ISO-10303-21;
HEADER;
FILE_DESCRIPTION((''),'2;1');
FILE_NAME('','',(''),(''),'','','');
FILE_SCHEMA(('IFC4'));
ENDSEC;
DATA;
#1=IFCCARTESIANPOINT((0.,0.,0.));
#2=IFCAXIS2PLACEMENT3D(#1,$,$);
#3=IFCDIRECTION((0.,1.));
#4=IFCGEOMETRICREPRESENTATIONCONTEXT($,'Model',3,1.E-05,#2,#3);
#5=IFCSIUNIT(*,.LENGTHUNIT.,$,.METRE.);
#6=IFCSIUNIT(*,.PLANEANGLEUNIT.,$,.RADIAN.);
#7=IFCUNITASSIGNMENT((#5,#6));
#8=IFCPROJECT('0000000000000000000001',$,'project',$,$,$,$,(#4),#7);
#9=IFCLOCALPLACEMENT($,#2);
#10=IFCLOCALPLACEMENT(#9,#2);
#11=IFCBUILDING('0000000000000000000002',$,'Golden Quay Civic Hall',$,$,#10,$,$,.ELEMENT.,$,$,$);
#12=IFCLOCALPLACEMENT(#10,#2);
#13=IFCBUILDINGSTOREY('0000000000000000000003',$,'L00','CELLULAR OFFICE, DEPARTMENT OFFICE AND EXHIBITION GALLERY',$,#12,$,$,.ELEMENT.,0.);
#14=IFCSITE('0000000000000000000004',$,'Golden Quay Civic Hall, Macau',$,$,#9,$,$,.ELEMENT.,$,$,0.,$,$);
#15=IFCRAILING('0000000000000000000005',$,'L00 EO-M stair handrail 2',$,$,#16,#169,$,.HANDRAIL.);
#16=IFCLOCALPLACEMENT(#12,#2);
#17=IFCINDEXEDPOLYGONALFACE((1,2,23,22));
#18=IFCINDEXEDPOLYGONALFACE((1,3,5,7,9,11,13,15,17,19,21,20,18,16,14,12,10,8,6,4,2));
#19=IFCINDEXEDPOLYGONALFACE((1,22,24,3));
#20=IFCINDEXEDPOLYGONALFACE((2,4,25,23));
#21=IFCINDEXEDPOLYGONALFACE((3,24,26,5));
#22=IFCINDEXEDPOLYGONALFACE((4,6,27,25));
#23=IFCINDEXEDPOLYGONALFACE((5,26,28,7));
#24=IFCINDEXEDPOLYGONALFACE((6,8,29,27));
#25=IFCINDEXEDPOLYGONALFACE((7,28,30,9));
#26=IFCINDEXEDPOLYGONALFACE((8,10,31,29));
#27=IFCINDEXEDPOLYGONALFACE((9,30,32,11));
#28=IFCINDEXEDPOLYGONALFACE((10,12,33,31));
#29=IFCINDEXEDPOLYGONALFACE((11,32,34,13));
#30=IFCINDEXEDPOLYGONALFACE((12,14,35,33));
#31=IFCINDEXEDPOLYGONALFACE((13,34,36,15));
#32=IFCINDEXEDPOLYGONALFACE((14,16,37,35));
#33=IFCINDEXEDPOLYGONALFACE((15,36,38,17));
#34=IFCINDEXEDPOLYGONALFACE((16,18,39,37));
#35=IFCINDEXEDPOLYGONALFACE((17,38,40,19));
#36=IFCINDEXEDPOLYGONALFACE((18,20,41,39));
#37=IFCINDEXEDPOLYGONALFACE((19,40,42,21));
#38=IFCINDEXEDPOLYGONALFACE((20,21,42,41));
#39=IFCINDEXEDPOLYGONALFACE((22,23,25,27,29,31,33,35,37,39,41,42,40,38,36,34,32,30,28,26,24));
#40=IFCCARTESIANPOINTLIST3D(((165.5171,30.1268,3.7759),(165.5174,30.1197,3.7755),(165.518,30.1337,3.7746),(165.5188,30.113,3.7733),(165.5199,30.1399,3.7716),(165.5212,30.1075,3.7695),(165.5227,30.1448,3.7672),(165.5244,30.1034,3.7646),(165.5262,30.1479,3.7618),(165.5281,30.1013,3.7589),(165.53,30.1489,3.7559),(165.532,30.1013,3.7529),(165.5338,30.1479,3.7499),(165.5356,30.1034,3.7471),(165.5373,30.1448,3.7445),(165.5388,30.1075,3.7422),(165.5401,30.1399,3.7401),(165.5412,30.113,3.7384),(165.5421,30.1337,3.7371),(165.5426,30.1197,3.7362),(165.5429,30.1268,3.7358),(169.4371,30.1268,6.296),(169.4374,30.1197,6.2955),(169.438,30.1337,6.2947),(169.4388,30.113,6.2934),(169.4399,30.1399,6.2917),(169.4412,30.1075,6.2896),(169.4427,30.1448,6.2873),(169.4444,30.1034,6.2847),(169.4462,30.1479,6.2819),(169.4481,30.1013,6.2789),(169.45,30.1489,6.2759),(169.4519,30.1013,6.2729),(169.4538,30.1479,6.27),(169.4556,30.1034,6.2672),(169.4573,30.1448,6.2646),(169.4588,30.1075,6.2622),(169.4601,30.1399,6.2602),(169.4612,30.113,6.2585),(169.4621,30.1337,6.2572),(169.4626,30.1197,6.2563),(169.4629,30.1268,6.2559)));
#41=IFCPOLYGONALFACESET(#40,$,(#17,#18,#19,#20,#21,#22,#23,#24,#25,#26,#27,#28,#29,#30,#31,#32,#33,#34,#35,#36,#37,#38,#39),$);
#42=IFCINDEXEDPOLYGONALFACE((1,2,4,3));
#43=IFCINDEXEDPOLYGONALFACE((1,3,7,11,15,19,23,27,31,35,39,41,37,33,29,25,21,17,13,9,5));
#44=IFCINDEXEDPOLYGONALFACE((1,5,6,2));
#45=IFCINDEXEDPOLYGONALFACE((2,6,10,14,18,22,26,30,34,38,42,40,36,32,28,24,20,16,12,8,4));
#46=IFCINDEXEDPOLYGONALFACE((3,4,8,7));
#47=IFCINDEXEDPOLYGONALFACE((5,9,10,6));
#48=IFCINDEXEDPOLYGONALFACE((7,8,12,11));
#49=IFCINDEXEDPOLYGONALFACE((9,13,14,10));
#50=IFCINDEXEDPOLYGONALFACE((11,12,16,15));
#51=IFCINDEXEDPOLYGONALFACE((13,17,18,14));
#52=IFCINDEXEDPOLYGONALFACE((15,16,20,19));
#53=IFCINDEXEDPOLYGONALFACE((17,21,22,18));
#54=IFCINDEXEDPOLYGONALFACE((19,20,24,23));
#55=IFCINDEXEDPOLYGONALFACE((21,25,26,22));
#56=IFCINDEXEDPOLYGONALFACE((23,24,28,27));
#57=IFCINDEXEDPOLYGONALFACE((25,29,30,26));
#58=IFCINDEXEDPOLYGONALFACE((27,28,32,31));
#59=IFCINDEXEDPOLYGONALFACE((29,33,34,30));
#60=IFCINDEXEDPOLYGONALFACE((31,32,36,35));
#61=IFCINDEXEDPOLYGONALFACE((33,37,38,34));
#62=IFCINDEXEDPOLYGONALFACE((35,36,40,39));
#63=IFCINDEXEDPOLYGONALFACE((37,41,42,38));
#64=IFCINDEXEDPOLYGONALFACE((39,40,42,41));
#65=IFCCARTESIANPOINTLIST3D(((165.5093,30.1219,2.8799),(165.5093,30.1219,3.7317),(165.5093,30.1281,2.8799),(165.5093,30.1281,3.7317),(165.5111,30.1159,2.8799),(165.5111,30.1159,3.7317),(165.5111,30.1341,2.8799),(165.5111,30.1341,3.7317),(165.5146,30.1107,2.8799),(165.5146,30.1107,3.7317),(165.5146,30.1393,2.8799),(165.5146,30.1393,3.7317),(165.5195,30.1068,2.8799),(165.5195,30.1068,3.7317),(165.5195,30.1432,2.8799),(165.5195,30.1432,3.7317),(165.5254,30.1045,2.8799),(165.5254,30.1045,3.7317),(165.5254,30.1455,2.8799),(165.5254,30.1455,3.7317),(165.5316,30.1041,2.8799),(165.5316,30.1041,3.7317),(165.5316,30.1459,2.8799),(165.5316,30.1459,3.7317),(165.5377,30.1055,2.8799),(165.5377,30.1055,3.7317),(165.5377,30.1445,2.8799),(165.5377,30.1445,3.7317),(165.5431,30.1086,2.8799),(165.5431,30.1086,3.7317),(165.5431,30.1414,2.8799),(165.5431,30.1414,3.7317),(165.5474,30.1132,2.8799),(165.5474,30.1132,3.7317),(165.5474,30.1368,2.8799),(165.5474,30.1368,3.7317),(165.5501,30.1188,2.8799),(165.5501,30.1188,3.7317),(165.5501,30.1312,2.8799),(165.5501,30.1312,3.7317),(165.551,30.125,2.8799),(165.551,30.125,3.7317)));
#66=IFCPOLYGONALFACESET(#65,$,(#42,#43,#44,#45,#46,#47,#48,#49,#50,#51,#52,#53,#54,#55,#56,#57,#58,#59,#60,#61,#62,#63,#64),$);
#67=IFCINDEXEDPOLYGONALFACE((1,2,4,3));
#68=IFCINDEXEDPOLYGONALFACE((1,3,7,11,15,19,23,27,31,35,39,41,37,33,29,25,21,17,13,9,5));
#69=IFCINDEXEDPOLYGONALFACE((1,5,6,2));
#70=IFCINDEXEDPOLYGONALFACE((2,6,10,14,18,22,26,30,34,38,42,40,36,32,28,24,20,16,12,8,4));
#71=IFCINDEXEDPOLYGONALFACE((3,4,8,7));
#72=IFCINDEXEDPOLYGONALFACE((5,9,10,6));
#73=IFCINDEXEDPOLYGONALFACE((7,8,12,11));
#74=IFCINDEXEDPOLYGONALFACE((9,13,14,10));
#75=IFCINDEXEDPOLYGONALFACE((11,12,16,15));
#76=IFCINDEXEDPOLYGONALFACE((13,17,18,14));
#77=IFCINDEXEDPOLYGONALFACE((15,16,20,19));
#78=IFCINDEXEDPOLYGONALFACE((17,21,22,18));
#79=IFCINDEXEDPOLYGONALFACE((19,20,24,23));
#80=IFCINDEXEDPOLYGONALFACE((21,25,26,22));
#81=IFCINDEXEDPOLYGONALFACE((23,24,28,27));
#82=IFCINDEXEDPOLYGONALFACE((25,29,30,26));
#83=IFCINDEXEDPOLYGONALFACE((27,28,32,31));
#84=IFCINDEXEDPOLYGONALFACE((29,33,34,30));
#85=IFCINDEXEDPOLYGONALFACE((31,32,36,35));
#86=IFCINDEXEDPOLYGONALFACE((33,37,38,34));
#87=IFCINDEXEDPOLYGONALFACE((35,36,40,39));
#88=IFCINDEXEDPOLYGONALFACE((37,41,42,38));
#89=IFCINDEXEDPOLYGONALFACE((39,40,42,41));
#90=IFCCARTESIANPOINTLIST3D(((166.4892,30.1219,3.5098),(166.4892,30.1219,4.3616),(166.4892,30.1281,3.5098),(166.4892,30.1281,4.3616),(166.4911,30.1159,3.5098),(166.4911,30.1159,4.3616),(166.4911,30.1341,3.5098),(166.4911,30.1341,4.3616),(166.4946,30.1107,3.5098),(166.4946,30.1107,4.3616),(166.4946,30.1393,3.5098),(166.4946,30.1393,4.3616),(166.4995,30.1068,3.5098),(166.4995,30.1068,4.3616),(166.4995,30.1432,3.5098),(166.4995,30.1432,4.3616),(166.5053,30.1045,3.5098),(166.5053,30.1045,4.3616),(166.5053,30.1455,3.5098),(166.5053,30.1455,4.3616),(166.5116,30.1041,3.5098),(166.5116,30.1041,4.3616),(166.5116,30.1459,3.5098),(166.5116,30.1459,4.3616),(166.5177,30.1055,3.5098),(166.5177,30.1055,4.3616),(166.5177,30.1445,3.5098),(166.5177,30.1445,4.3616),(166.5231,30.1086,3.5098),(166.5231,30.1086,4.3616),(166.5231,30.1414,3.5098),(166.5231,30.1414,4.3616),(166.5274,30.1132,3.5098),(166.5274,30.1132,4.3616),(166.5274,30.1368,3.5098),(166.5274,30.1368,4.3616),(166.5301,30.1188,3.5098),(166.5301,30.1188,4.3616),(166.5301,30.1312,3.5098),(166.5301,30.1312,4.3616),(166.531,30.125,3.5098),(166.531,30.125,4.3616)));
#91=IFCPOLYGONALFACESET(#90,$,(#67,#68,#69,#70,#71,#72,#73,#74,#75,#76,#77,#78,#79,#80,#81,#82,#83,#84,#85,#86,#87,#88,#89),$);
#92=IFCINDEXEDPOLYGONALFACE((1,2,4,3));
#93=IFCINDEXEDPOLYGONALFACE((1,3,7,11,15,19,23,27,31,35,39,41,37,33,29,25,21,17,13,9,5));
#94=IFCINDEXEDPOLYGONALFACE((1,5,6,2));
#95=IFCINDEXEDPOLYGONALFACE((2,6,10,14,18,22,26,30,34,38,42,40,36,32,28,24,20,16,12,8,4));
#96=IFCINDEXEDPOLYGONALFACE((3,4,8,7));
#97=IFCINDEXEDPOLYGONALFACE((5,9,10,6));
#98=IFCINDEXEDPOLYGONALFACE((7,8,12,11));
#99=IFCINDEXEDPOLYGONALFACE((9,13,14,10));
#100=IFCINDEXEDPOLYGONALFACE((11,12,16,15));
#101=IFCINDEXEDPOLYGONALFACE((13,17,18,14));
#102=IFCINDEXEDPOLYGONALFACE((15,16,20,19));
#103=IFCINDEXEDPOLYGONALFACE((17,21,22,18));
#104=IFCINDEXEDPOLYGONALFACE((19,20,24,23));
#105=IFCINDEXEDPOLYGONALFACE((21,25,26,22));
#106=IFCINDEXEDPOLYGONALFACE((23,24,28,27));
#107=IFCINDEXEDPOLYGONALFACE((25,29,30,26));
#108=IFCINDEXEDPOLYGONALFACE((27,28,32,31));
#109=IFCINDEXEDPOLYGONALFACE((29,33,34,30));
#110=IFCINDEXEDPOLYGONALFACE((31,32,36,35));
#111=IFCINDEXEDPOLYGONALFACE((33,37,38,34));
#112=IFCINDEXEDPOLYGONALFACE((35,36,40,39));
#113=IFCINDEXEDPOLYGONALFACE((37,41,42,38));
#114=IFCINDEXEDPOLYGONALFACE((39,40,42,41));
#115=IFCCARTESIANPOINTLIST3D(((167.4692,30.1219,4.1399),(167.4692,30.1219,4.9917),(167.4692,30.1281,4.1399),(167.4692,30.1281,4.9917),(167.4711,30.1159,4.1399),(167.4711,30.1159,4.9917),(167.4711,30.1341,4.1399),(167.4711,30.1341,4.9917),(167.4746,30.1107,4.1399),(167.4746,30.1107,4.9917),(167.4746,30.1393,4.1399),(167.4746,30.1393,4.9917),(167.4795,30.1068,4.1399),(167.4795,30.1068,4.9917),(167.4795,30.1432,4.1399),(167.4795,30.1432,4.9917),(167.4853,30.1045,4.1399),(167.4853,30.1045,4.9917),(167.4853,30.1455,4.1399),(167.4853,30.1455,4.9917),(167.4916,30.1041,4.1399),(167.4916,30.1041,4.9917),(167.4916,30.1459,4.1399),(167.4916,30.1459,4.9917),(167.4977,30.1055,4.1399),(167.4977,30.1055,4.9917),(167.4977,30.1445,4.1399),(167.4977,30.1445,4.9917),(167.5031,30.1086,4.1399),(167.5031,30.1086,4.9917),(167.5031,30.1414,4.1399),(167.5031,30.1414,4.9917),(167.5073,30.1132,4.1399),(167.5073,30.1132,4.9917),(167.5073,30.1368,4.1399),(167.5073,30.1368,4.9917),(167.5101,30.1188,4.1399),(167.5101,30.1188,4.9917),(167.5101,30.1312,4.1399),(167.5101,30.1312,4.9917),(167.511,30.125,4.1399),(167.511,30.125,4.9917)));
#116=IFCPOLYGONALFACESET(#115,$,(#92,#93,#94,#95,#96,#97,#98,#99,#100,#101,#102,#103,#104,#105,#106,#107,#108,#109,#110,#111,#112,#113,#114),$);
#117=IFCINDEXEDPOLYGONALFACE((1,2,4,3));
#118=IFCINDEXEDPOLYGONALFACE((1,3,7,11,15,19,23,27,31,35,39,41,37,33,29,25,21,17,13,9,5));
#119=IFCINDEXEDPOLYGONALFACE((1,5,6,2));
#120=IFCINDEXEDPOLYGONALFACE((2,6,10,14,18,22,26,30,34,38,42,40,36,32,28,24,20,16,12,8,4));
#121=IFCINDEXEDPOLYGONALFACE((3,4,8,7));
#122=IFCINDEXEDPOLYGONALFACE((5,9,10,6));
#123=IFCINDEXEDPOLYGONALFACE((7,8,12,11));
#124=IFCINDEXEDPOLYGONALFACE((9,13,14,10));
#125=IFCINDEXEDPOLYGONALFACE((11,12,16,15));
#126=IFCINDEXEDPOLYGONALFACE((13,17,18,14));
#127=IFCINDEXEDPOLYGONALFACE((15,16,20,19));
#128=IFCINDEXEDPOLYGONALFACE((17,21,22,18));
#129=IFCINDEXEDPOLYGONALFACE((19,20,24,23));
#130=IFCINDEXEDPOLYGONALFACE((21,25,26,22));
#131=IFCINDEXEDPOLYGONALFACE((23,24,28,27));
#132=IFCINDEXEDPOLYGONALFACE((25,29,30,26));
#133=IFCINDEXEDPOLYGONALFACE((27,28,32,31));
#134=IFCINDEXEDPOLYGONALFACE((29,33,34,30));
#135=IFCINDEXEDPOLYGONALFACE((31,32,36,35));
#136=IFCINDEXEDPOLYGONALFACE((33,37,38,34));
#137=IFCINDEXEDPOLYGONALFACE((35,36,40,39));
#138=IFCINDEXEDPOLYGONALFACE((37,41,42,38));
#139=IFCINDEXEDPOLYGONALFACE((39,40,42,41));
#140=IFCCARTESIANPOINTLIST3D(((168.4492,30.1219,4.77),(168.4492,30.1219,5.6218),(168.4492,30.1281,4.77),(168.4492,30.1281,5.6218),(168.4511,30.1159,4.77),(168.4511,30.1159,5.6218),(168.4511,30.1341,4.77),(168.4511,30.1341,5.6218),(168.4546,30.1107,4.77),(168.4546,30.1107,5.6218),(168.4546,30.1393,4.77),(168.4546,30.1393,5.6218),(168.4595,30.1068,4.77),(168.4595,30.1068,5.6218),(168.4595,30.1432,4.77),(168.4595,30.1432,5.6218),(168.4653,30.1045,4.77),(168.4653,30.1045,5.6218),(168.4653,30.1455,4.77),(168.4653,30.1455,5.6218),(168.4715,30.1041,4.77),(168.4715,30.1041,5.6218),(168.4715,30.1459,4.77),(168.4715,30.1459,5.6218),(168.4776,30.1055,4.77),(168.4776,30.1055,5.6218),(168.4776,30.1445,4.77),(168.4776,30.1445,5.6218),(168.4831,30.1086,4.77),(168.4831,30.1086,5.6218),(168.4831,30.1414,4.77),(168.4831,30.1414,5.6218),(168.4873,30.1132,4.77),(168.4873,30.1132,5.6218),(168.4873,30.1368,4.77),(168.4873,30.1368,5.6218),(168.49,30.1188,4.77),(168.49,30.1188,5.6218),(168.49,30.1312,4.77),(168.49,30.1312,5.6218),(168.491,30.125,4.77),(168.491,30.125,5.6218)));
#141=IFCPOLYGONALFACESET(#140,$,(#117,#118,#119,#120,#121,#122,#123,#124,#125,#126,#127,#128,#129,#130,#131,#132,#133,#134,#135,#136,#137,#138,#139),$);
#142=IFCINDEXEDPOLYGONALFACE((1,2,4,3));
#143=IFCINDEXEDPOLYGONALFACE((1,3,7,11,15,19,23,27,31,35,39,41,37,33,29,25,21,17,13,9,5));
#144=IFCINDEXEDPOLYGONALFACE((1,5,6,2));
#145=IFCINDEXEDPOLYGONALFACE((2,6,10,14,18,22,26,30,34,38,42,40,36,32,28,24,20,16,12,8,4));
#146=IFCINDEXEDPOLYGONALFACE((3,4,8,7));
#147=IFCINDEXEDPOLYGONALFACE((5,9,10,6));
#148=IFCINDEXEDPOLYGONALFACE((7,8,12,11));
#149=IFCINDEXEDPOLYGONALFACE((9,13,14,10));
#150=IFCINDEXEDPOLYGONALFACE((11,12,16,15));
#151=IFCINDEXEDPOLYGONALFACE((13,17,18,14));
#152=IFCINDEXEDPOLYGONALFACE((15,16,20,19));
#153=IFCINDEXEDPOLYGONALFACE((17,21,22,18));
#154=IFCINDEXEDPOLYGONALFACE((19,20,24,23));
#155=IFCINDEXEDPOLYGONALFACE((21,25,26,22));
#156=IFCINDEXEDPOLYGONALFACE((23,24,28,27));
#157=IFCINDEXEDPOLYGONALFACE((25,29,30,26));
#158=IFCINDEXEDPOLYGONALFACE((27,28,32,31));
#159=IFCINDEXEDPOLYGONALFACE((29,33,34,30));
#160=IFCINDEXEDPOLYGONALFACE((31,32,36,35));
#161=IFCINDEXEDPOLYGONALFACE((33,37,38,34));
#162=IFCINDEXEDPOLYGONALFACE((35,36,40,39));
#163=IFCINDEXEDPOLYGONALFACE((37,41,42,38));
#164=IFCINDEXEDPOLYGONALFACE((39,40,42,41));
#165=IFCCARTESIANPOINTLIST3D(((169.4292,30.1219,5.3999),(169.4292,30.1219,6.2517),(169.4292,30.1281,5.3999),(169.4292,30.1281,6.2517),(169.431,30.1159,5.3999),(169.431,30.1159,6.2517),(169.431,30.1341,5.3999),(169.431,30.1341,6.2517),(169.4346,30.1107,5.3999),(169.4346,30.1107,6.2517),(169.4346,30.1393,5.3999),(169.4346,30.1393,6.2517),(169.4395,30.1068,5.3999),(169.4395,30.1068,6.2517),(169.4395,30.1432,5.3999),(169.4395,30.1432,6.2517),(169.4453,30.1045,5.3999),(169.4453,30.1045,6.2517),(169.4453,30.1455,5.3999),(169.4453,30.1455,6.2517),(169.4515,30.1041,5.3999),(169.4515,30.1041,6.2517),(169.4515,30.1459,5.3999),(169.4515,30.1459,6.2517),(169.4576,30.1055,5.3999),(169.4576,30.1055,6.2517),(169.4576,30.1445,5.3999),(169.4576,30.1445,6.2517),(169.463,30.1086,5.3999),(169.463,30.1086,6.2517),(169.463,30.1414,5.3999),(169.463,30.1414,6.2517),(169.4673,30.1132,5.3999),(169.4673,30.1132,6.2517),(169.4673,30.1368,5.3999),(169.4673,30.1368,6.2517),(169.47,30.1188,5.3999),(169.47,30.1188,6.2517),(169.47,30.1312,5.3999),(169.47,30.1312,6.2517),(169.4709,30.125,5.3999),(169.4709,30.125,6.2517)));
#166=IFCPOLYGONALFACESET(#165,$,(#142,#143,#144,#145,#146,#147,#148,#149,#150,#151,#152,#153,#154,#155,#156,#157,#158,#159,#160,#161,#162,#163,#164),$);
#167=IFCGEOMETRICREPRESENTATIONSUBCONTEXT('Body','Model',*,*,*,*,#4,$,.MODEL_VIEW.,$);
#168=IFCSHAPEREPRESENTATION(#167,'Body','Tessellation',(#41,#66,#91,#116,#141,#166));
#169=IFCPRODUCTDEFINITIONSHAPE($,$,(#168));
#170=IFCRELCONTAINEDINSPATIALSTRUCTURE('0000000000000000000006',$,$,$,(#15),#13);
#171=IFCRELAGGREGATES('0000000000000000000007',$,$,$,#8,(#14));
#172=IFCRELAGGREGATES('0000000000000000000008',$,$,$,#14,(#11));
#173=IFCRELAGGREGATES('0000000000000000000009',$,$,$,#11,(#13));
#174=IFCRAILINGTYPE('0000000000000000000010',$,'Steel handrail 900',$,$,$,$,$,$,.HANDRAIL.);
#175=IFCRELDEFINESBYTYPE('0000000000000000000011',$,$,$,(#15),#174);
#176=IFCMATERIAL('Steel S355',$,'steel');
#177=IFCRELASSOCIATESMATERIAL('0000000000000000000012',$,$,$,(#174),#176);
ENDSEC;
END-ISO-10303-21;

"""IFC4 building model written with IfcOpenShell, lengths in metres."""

from ifc_helpers import new_model, si_unit, direction, frame, origin, origin_2d, place, context, subcontext, project, spatial, circle, extrude, material, type_object, element, save


model = new_model("IFC4")

# Units and contexts
model_context = context("Model", 3, precision=1e-05, world=origin(), true_north=direction((0.0, 1.0)))
body_context = subcontext(model_context, "Body", "Model", "MODEL_VIEW")
ifc_project = project(units=[si_unit("LENGTHUNIT", "METRE"), si_unit("PLANEANGLEUNIT", "RADIAN")], contexts=[model_context])

# Site, building, storey
site_placement = place(None, origin())
site = spatial("IfcSite", under=ifc_project, at=site_placement, Name="Golden Quay Civic Hall, Macau", CompositionType="ELEMENT", RefElevation=0.0)
building_placement = place(site_placement, origin())
building = spatial("IfcBuilding", under=site, at=building_placement, Name="Golden Quay Civic Hall", CompositionType="ELEMENT")
storey_placement = place(building_placement, origin())
storey = spatial("IfcBuildingStorey", under=building, at=storey_placement, Name="L00", Description="CELLULAR OFFICE, DEPARTMENT OFFICE AND EXHIBITION GALLERY", CompositionType="ELEMENT", Elevation=0.0)

# Railing
ifc_material_1 = material(Name="Steel S355", Category="steel")
railing_type = type_object("IfcRailingType", Name="Steel handrail 900", PredefinedType="HANDRAIL", material=ifc_material_1)
railing_placement = place(storey_placement, frame((165.53, 30.125, 2.8799)))
element("IfcRailing", 1, at=railing_placement, inside=storey, type_object=railing_type, Name="L00 EO-M stair handrail 2", PredefinedType="HANDRAIL", context=body_context, shape_type="SweptSolid", body=[
    extrude(circle(Radius=0.0239, at=origin_2d()), frame((0.0, 0.0, 0.876), z_axis=(0.841172, 0.0, 0.540768), x_axis=(0.0, 1.0, 0.0)), (0.0, 0.0, 1.0), 4.6602),
    extrude(circle(Radius=0.021, at=origin_2d()), origin(), (0.0, 0.0, 1.0), 0.8518),
    extrude(circle(Radius=0.021, at=origin_2d()), frame((0.98, 0.0, 0.6299)), (0.0, 0.0, 1.0), 0.8518),
    extrude(circle(Radius=0.021, at=origin_2d()), frame((1.96, 0.0, 1.26)), (0.0, 0.0, 1.0), 0.8518),
    extrude(circle(Radius=0.021, at=origin_2d()), frame((2.9399, 0.0, 1.8901)), (0.0, 0.0, 1.0), 0.8518),
    extrude(circle(Radius=0.021, at=origin_2d()), frame((3.9199, 0.0, 2.52)), (0.0, 0.0, 1.0), 0.8518),
])

save(model, "model.ifc")
